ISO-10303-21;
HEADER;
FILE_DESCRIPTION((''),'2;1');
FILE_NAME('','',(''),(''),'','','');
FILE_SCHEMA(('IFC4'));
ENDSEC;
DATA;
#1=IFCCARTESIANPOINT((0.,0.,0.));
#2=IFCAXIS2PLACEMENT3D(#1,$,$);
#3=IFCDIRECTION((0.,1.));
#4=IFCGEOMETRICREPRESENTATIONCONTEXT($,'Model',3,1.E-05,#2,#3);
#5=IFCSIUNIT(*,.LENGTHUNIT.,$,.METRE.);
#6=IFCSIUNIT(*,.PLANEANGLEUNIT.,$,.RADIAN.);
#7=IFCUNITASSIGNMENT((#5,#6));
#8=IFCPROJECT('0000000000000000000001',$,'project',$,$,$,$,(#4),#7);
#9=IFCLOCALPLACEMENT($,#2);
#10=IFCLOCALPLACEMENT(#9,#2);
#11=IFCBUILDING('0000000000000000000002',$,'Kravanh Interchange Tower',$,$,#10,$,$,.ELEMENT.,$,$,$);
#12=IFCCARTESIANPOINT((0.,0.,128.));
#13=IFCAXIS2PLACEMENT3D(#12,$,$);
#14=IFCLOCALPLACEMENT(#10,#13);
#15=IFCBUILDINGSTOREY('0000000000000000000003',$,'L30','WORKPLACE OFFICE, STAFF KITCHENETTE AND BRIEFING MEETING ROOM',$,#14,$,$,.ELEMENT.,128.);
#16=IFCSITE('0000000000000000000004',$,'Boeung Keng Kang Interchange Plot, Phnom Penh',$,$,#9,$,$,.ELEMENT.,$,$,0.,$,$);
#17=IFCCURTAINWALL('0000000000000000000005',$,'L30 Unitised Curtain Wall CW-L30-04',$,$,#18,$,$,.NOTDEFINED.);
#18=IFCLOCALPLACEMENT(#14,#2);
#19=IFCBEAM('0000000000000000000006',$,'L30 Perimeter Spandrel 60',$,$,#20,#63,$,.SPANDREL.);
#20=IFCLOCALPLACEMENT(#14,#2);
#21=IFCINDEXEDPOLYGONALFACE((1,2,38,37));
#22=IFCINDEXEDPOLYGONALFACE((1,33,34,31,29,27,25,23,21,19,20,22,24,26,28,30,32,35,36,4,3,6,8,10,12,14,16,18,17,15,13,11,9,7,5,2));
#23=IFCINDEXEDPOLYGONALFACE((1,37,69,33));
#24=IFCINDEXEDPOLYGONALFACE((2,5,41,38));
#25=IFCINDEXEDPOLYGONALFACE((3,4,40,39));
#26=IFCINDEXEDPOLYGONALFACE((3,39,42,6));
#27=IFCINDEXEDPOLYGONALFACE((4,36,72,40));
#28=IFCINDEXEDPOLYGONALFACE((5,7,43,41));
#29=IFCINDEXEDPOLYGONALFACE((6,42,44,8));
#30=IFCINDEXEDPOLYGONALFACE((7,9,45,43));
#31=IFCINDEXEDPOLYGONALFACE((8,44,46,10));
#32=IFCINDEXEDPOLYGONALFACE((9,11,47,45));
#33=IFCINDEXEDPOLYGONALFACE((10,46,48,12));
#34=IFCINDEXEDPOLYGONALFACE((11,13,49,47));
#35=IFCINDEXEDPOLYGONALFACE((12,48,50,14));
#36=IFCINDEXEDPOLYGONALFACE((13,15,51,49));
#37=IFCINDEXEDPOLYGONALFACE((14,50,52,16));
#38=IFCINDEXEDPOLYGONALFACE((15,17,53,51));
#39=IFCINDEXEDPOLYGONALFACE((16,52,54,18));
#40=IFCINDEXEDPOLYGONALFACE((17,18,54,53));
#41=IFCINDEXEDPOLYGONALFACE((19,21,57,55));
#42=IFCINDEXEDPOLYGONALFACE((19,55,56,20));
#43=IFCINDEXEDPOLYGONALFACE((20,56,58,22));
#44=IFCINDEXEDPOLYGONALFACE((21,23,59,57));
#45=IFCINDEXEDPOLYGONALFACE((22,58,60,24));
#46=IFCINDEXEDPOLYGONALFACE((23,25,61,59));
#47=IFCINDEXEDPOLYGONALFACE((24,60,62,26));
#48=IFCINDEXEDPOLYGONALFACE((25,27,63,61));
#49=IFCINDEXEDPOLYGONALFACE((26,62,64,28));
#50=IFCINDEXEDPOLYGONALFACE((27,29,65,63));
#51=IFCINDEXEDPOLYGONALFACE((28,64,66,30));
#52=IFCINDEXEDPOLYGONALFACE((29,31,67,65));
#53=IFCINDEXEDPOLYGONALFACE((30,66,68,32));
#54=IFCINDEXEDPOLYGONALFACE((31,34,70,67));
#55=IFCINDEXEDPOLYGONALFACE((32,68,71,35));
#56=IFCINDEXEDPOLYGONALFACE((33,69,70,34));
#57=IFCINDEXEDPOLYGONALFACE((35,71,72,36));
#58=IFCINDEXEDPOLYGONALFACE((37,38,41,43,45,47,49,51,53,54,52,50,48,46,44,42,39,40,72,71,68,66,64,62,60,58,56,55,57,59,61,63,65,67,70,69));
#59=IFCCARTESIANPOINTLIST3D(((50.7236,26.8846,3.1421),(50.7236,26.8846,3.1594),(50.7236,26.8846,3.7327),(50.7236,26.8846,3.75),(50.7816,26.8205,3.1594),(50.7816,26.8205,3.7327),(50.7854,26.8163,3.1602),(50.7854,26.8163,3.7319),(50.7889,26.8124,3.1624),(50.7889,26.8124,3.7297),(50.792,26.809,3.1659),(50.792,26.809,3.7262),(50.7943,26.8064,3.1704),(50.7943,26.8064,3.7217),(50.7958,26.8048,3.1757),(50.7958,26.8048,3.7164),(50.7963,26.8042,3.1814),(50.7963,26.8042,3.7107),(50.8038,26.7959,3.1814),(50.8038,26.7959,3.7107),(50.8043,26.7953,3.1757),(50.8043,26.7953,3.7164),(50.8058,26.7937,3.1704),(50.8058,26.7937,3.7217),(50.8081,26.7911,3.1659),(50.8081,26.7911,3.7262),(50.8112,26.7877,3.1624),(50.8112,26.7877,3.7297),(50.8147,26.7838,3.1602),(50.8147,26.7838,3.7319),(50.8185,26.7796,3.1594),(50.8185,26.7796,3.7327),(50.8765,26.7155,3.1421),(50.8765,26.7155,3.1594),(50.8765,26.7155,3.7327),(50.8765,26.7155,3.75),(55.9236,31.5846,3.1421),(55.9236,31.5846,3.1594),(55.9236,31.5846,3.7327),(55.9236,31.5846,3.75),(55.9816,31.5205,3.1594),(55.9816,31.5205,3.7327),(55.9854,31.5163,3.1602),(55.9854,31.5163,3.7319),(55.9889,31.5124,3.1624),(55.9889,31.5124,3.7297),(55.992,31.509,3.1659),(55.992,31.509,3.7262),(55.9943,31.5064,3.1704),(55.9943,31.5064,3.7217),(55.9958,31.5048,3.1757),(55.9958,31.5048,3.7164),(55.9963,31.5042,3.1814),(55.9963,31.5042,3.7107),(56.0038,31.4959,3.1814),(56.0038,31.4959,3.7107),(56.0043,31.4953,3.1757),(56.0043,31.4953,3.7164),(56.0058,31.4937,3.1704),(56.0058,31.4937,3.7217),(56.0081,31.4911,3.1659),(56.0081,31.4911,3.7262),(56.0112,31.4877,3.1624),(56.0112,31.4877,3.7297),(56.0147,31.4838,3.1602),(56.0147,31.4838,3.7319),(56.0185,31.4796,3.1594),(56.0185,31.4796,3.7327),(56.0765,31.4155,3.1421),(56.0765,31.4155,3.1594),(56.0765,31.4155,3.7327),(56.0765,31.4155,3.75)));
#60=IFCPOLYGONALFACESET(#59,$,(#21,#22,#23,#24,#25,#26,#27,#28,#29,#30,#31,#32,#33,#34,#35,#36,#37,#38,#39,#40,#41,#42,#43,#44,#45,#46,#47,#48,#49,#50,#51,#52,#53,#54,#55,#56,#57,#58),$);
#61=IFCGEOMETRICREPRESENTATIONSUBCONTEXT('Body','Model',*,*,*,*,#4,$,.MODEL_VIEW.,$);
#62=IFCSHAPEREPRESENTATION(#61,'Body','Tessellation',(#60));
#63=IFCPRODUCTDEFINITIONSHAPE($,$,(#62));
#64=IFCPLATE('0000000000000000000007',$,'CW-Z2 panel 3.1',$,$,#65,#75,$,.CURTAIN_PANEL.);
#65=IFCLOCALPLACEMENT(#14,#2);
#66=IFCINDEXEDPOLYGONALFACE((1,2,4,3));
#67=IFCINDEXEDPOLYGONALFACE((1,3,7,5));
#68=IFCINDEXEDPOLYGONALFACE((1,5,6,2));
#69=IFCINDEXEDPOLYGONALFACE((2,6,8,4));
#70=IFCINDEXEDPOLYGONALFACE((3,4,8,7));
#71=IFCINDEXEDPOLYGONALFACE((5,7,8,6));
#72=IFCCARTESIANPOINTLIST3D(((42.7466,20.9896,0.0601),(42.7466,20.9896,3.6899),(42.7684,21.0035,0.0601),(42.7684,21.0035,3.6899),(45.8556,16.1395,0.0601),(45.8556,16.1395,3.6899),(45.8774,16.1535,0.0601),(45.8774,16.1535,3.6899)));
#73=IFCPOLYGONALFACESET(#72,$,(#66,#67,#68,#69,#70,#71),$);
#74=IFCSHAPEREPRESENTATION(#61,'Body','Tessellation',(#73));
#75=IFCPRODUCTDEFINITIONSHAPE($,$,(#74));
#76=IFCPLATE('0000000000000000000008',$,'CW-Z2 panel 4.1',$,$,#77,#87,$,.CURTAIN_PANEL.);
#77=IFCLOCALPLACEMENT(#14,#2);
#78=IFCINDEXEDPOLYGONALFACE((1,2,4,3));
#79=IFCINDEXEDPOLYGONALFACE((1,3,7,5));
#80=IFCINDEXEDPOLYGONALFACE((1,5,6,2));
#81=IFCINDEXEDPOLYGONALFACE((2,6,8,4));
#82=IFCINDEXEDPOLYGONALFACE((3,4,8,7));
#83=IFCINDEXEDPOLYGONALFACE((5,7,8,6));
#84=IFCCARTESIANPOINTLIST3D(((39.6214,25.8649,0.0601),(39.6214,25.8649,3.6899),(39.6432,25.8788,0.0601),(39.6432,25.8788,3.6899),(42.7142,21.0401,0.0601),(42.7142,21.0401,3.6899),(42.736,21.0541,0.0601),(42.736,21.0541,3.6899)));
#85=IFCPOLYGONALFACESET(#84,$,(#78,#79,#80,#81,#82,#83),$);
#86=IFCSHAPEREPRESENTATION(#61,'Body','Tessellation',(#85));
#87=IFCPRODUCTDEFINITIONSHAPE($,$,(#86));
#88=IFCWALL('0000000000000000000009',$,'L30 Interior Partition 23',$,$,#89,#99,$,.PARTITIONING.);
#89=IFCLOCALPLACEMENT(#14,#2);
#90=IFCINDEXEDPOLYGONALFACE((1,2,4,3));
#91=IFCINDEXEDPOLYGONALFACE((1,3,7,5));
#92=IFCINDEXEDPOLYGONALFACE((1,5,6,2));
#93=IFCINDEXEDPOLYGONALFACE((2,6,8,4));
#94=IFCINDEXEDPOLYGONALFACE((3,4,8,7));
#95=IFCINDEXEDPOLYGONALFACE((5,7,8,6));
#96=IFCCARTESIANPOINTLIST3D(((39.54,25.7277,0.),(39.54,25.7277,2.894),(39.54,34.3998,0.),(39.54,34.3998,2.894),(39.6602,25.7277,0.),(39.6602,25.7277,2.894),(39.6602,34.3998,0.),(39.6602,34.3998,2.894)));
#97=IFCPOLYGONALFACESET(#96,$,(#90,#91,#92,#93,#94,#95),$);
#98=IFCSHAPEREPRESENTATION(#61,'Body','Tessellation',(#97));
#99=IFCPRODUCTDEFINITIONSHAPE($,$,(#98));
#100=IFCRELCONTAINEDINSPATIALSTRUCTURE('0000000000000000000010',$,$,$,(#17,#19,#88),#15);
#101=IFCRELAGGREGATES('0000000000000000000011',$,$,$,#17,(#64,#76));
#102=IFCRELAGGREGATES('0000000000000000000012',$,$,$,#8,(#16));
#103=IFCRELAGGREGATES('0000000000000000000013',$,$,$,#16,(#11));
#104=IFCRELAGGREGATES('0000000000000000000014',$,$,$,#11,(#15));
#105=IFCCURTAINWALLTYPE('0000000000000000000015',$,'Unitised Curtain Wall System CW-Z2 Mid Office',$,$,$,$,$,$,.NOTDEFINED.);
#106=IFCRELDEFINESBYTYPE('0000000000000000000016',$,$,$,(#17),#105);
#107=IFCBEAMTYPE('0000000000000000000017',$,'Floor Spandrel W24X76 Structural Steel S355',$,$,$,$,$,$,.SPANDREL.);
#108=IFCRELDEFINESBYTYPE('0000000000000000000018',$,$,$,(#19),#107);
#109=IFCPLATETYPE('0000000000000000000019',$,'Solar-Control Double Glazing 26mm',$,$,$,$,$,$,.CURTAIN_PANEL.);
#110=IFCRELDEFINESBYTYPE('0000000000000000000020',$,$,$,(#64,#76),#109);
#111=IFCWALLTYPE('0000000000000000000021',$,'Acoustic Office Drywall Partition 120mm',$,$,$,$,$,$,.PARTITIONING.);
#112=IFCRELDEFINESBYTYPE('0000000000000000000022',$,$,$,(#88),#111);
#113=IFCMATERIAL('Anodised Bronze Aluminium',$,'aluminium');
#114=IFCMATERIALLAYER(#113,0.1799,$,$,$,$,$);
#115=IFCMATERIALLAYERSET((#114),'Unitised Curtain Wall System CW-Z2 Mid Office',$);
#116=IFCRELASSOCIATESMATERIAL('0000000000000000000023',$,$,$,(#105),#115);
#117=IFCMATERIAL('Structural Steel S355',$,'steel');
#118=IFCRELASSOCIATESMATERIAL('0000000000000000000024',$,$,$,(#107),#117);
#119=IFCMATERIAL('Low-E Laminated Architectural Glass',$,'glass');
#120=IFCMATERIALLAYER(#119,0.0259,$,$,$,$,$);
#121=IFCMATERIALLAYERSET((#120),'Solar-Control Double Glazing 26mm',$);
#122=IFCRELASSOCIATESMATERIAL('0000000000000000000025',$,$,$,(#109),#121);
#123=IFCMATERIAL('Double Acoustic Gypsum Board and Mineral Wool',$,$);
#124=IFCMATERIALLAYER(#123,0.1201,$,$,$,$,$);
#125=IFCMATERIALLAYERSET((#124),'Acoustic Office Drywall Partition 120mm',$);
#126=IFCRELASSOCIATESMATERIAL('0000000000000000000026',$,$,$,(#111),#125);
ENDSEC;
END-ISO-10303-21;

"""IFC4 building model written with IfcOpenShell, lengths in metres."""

from ifc_helpers import new_model, si_unit, direction, frame, frame_2d, origin, origin_2d, place, context, subcontext, project, spatial, rectangle, i_section, extrude, material, layer, layer_set, material_profile, profile_set, type_object, element, aggregate, save


model = new_model("IFC4")

# Units and contexts
model_context = context("Model", 3, precision=1e-05, world=origin(), true_north=direction((0.0, 1.0)))
body_context = subcontext(model_context, "Body", "Model", "MODEL_VIEW")
ifc_project = project(units=[si_unit("LENGTHUNIT", "METRE"), si_unit("PLANEANGLEUNIT", "RADIAN")], contexts=[model_context])

# Site, building, storey
site_placement = place(None, origin())
site = spatial("IfcSite", under=ifc_project, at=site_placement, Name="Boeung Keng Kang Interchange Plot, Phnom Penh", CompositionType="ELEMENT", RefElevation=0.0)
building_placement = place(site_placement, origin())
building = spatial("IfcBuilding", under=site, at=building_placement, Name="Kravanh Interchange Tower", CompositionType="ELEMENT")
storey_placement = place(building_placement, frame((0.0, 0.0, 128.0)))
storey = spatial("IfcBuildingStorey", under=building, at=storey_placement, Name="L30", Description="WORKPLACE OFFICE, STAFF KITCHENETTE AND BRIEFING MEETING ROOM", CompositionType="ELEMENT", Elevation=128.0)

# Curtain wall
ifc_material_1 = material(Name="Anodised Bronze Aluminium", Category="aluminium")
ifc_layer_1 = layer(ifc_material_1, 0.1799)
ifc_layer_set_1 = layer_set([ifc_layer_1], Name="Unitised Curtain Wall System CW-Z2 Mid Office")
curtain_wall_type = type_object("IfcCurtainWallType", Name="Unitised Curtain Wall System CW-Z2 Mid Office", PredefinedType="NOTDEFINED", material=ifc_layer_set_1)
curtain_wall_1_placement = place(storey_placement, origin())
curtain_wall_1 = element("IfcCurtainWall", 1, at=curtain_wall_1_placement, inside=storey, type_object=curtain_wall_type, Name="L30 Unitised Curtain Wall CW-L30-04", PredefinedType="NOTDEFINED")

# Beam
ifc_material_2 = material(Name="Structural Steel S355", Category="steel")
ifc_material_profile_1 = material_profile(ifc_material_2, i_section(OverallWidth=0.228, OverallDepth=0.6079, WebThickness=0.0112, FlangeThickness=0.0173, FilletRadius=0.022, at=origin_2d()), Name="W24X76")
ifc_profile_set_1 = profile_set([ifc_material_profile_1], Name="Structural Steel S355")
beam_type_1 = type_object("IfcBeamType", Name="Floor Spandrel W24X76 Structural Steel S355", PredefinedType="SPANDREL", material=ifc_profile_set_1)
beam_1_placement = place(storey_placement, frame((50.8, 26.8, 3.446), z_axis=(0.741874, 0.670539, 0.0), x_axis=(-0.670539, 0.741874, 0.0)))
element("IfcBeam", 2, at=beam_1_placement, inside=storey, type_object=beam_type_1, Name="L30 Perimeter Spandrel 60", PredefinedType="SPANDREL", context=body_context, shape_type="SweptSolid", body=[
    extrude(i_section(OverallWidth=0.228, OverallDepth=0.6079, WebThickness=0.0112, FlangeThickness=0.0173, FilletRadius=0.022, at=origin_2d()), origin(), (0.0, 0.0, 1.0), 7.0093),
])

# Plates
ifc_material_3 = material(Name="Low-E Laminated Architectural Glass", Category="glass")
ifc_layer_2 = layer(ifc_material_3, 0.0259)
ifc_layer_set_2 = layer_set([ifc_layer_2], Name="Solar-Control Double Glazing 26mm")
plate_type = type_object("IfcPlateType", Name="Solar-Control Double Glazing 26mm", PredefinedType="CURTAIN_PANEL", material=ifc_layer_set_2)
plate_1_placement = place(storey_placement, frame((44.312, 18.5715, 0.0601), z_axis=(0.0, 0.0, 1.0), x_axis=(-0.539665, 0.84188, 0.0)))
plate_1 = element("IfcPlate", 3, at=plate_1_placement, type_object=plate_type, Name="CW-Z2 panel 3.1", PredefinedType="CURTAIN_PANEL", context=body_context, shape_type="SweptSolid", body=[
    extrude(rectangle(XDim=5.761, YDim=0.0259, at=origin_2d()), origin(), (0.0, 0.0, 1.0), 3.6299),
])
plate_2_placement = place(storey_placement, frame((41.1787, 23.4595, 0.0601), z_axis=(0.0, 0.0, 1.0), x_axis=(-0.539665, 0.84188, 0.0)))
plate_2 = element("IfcPlate", 4, at=plate_2_placement, type_object=plate_type, Name="CW-Z2 panel 4.1", PredefinedType="CURTAIN_PANEL", context=body_context, shape_type="SweptSolid", body=[
    extrude(rectangle(XDim=5.731, YDim=0.0259, at=origin_2d()), origin(), (0.0, 0.0, 1.0), 3.6299),
])
aggregate(curtain_wall_1, [plate_1, plate_2])

# Wall
ifc_material_4 = material(Name="Double Acoustic Gypsum Board and Mineral Wool")
ifc_layer_3 = layer(ifc_material_4, 0.1201)
ifc_layer_set_3 = layer_set([ifc_layer_3], Name="Acoustic Office Drywall Partition 120mm")
wall_type = type_object("IfcWallType", Name="Acoustic Office Drywall Partition 120mm", PredefinedType="PARTITIONING", material=ifc_layer_set_3)
wall_placement = place(storey_placement, frame((39.6001, 25.7278, 0.0), z_axis=(0.0, 0.0, 1.0), x_axis=(0.0, 1.0, 0.0)))
element("IfcWall", 5, at=wall_placement, inside=storey, type_object=wall_type, Name="L30 Interior Partition 23", PredefinedType="PARTITIONING", context=body_context, shape_type="SweptSolid", body=[
    extrude(rectangle(XDim=8.6721, YDim=0.1201, at=frame_2d((4.3359, 0.0))), origin(), (0.0, 0.0, 1.0), 2.894),
])

save(model, "model.ifc")
